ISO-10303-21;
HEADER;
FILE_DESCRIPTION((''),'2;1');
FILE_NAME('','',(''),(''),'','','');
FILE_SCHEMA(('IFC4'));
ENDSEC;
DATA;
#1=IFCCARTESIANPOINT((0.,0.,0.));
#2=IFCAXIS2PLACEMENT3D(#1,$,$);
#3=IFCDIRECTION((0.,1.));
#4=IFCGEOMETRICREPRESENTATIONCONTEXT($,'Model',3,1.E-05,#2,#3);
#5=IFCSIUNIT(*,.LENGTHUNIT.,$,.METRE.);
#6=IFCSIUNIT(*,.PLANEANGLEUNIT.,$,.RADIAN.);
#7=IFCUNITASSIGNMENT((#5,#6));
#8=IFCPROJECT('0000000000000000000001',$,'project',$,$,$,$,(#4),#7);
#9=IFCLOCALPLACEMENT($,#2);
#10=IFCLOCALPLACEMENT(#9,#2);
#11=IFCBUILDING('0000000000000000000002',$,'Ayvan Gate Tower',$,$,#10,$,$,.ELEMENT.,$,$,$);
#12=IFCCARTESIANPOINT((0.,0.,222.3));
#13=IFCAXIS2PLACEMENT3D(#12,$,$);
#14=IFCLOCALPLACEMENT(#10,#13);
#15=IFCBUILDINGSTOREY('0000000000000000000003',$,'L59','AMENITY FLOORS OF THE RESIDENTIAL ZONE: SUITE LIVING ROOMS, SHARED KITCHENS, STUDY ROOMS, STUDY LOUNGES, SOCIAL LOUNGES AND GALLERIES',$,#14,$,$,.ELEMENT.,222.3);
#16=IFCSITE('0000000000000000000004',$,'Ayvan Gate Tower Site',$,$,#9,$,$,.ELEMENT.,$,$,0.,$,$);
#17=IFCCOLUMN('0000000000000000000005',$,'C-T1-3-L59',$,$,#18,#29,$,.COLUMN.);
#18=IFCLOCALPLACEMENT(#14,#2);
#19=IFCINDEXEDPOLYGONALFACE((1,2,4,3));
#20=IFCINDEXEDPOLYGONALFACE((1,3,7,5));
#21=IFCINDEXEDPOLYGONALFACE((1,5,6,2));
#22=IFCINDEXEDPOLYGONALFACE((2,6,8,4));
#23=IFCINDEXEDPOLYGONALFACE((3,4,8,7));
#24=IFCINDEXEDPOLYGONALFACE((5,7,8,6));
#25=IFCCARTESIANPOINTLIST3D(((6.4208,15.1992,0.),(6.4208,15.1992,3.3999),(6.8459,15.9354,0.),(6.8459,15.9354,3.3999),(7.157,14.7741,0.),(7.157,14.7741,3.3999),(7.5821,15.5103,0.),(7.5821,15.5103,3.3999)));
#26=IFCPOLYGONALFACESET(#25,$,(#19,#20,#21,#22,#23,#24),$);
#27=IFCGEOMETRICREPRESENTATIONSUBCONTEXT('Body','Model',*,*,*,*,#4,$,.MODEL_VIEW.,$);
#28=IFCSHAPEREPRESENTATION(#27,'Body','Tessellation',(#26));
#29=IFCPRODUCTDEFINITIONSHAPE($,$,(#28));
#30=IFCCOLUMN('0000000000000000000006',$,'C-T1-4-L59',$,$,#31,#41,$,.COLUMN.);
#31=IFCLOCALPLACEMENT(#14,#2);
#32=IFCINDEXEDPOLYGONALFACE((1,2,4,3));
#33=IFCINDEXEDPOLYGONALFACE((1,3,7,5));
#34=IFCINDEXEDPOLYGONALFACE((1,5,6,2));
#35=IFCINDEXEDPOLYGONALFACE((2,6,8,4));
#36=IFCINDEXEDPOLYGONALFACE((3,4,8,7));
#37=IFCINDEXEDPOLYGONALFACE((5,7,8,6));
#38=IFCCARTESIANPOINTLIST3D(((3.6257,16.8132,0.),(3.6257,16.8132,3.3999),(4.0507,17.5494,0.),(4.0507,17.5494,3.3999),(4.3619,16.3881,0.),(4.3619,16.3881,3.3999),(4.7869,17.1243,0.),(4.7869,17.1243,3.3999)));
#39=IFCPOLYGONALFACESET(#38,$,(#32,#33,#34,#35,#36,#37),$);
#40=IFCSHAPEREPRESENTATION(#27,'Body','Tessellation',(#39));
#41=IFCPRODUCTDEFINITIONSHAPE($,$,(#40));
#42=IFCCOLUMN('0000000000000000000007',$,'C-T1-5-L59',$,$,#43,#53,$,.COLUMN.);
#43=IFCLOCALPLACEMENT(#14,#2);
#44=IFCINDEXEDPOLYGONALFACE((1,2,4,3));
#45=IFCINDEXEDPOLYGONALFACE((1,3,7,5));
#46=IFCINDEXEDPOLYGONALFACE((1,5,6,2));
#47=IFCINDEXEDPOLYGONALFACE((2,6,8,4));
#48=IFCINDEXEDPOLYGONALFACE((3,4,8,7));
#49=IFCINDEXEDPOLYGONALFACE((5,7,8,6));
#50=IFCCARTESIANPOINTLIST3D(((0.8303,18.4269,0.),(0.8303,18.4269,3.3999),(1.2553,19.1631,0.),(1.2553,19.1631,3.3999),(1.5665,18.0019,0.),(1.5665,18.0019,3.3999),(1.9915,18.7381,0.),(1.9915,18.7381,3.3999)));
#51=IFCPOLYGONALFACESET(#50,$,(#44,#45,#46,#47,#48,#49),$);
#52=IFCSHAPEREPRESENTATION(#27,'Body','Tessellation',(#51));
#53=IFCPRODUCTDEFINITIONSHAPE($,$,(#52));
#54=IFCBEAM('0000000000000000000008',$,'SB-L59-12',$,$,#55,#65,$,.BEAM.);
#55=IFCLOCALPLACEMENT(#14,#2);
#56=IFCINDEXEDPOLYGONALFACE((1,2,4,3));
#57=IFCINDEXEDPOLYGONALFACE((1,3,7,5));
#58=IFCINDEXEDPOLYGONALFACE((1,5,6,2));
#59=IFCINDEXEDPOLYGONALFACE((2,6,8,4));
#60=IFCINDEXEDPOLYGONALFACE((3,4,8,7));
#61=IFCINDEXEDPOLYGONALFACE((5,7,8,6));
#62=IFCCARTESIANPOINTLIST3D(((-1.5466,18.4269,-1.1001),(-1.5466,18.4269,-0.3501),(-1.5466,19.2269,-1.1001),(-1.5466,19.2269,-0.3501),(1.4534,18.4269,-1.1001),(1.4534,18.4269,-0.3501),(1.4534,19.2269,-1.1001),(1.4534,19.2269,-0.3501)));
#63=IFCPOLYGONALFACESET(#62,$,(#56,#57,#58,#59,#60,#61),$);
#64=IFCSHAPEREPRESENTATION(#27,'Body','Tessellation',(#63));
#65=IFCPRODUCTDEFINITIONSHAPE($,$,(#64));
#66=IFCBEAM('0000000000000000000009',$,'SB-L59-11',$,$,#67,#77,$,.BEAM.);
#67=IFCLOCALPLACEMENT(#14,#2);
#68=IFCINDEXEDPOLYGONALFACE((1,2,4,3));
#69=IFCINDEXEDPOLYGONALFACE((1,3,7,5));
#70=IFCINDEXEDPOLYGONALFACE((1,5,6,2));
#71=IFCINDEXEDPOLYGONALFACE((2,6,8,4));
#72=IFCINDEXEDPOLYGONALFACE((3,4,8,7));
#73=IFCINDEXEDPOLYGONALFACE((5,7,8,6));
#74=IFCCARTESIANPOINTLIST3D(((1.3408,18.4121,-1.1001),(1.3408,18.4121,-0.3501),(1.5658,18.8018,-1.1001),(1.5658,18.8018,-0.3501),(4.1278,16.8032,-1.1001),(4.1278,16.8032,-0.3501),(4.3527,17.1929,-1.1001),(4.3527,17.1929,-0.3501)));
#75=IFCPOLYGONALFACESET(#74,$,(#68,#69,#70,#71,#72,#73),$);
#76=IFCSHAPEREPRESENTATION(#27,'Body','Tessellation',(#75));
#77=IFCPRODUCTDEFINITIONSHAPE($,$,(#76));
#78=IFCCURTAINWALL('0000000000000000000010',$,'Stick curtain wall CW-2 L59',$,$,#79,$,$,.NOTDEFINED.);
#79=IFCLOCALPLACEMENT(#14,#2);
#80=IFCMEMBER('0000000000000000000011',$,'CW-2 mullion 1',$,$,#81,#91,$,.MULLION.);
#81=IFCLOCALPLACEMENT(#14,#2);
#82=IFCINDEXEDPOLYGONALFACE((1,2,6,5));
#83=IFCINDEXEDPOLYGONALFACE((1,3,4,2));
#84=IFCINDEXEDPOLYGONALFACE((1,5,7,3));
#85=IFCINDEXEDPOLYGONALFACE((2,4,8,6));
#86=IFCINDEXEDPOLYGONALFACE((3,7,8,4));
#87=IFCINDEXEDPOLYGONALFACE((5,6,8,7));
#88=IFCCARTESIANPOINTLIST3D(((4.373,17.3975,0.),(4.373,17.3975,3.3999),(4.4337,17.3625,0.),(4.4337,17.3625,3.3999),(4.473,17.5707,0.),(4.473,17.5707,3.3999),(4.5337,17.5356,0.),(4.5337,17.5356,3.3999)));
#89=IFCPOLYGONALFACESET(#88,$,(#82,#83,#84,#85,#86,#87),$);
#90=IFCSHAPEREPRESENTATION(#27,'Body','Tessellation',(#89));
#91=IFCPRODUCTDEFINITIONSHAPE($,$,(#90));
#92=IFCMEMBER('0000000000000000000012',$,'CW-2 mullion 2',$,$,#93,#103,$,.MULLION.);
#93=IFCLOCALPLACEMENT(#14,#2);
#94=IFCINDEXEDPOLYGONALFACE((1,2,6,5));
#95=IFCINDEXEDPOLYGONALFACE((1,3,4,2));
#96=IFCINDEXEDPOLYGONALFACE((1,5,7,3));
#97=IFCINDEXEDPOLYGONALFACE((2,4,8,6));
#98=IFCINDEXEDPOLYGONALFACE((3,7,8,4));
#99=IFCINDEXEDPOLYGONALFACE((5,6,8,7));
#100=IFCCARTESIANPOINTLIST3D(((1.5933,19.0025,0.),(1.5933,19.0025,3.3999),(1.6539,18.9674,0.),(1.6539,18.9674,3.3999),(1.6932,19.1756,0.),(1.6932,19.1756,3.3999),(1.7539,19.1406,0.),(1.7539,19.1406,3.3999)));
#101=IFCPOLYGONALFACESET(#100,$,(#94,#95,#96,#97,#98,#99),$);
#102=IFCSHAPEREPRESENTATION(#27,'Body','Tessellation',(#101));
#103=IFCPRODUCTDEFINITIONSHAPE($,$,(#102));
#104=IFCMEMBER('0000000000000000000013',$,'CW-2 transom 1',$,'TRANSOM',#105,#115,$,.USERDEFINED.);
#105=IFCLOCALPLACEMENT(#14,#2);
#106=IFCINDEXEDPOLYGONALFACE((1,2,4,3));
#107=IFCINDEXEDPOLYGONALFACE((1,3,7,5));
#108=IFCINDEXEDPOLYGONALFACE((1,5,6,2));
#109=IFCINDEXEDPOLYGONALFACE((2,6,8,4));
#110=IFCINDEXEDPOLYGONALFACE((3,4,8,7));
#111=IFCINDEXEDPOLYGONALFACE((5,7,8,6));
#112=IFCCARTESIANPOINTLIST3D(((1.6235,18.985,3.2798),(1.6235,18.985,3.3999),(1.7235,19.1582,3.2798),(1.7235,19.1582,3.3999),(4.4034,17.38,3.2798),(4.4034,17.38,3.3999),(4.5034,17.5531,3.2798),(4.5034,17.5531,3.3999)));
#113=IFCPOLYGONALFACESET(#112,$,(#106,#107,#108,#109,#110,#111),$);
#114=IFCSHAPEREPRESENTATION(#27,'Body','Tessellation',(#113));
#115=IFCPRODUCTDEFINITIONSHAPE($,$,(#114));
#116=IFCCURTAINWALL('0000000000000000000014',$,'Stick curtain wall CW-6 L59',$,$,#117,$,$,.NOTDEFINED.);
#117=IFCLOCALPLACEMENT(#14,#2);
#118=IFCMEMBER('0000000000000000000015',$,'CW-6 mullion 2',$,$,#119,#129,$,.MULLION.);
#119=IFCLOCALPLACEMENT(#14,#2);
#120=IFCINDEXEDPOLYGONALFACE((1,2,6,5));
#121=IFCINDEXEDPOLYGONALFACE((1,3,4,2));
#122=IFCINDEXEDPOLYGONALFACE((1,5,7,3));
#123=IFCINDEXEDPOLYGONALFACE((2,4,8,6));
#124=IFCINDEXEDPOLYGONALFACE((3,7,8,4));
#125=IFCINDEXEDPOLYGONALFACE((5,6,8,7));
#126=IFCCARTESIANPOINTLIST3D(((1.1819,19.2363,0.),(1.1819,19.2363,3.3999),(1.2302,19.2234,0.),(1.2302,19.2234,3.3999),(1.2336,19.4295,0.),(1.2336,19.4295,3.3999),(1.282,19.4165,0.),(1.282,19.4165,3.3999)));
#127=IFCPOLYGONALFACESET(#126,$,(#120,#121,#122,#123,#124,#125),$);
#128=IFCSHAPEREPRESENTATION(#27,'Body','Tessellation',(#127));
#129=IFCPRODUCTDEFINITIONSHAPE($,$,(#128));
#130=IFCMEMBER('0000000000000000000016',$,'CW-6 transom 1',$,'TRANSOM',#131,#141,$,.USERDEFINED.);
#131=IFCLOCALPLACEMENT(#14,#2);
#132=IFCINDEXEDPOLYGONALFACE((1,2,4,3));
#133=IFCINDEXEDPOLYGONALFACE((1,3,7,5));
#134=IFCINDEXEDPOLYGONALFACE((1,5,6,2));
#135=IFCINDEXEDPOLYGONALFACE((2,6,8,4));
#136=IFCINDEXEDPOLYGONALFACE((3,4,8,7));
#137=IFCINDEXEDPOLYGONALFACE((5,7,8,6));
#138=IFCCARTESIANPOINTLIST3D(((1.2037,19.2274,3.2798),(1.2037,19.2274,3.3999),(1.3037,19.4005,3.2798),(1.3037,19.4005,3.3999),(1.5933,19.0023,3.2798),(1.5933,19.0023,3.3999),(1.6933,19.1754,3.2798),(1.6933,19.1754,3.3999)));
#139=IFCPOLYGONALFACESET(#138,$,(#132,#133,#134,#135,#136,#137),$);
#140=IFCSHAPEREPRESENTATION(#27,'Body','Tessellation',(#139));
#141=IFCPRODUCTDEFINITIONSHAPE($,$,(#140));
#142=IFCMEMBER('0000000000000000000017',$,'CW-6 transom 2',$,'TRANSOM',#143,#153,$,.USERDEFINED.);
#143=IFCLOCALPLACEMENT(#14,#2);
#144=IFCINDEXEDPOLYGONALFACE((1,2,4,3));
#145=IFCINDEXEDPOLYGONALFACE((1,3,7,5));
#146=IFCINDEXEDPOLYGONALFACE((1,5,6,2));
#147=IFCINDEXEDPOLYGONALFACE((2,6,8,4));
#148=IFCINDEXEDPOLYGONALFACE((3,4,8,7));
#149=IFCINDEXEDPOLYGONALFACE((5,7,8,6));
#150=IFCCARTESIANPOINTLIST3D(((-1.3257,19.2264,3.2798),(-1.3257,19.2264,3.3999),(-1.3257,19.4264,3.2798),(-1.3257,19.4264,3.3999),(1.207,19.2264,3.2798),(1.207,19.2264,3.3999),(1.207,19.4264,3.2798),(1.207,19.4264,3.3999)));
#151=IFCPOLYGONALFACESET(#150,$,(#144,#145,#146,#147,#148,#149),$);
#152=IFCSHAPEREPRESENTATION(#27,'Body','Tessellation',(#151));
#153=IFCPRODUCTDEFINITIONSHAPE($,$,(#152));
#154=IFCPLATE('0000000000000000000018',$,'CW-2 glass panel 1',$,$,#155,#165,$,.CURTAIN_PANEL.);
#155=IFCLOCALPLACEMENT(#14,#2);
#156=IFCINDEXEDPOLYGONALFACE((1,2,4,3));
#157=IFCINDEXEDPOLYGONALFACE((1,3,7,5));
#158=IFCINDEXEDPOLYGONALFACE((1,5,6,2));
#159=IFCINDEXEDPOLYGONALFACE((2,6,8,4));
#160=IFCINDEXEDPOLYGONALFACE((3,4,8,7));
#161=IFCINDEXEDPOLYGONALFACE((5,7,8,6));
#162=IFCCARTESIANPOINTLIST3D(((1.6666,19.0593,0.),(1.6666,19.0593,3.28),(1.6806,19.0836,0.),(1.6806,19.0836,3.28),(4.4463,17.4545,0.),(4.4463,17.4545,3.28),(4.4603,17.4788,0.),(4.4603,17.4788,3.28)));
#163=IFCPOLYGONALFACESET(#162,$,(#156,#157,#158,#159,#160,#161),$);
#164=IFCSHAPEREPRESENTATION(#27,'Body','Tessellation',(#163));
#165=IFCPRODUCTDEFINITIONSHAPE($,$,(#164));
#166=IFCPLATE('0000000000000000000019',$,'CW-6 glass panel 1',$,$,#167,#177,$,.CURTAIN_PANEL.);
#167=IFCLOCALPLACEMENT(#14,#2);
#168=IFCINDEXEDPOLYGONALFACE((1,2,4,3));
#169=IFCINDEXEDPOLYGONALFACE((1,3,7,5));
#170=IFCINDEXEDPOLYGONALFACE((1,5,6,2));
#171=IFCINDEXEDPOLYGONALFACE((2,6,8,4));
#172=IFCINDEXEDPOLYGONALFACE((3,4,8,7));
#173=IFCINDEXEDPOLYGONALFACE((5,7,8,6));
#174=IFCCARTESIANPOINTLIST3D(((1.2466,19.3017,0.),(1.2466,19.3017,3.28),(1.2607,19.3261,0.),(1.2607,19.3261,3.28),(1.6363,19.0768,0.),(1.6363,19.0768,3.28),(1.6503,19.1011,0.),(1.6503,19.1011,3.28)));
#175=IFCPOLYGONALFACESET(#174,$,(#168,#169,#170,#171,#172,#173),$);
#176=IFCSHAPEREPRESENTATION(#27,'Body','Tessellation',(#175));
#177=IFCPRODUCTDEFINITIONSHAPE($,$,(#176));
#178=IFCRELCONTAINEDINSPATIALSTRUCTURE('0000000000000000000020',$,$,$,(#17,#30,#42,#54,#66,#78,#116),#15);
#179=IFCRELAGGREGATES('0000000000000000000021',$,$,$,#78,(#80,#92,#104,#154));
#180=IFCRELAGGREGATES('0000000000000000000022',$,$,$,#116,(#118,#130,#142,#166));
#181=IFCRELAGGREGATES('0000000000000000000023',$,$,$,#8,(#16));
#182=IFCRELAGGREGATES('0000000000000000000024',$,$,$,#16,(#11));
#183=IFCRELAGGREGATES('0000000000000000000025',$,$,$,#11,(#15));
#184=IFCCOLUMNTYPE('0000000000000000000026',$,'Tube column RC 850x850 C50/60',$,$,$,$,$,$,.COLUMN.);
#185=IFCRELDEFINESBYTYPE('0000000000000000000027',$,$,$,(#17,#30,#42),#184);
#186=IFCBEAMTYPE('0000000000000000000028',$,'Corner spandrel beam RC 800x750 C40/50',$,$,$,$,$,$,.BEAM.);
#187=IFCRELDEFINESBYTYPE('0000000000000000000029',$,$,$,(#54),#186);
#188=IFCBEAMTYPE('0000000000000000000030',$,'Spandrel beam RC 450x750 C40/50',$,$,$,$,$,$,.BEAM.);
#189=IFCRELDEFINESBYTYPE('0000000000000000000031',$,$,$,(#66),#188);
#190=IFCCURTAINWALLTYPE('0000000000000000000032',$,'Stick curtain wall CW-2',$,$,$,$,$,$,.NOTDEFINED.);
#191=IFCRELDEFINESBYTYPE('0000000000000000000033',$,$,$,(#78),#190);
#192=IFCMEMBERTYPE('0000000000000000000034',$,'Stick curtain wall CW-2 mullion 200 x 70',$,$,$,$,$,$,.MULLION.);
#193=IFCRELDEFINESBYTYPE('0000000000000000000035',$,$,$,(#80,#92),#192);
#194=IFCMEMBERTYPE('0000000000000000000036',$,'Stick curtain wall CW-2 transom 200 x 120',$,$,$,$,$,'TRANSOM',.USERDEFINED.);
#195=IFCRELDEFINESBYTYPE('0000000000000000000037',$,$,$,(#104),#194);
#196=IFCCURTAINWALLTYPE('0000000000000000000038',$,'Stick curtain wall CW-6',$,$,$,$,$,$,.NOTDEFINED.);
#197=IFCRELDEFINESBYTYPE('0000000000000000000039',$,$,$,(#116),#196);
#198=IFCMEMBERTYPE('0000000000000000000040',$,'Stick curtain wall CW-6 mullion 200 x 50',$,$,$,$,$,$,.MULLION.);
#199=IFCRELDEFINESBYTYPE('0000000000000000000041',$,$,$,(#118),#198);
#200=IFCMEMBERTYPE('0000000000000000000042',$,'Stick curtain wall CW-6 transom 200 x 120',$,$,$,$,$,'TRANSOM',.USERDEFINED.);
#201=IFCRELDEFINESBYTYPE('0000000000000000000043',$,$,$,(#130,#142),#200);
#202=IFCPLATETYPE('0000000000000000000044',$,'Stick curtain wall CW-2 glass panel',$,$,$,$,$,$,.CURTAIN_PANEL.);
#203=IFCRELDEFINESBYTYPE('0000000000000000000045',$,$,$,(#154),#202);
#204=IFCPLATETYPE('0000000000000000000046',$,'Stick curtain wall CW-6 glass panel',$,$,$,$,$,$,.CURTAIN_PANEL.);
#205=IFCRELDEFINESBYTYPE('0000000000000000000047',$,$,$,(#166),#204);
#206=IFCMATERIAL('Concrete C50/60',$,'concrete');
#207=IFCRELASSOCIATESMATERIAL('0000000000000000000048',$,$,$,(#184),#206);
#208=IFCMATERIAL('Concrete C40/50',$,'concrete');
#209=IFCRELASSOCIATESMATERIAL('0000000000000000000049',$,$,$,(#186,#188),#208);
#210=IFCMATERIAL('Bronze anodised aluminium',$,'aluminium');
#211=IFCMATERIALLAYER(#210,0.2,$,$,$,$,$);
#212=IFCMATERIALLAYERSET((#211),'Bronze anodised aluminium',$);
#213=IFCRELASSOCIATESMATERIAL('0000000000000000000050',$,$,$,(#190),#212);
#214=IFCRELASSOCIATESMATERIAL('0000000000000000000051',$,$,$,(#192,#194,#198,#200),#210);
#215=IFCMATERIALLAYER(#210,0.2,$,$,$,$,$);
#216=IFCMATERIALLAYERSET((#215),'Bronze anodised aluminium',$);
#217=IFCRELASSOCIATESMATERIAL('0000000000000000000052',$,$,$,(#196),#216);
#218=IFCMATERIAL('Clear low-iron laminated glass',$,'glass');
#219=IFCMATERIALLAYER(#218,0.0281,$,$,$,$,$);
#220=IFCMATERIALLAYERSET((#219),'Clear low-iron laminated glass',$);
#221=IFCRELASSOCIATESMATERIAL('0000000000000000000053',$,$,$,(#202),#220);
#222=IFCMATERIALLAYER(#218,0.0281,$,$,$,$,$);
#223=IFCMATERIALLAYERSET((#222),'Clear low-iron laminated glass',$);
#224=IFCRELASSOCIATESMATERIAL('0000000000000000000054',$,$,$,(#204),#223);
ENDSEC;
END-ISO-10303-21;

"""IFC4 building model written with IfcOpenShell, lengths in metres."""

from ifc_helpers import new_model, si_unit, direction, frame, origin, origin_2d, place, context, subcontext, project, spatial, rectangle, extrude, material, layer, layer_set, material_profile, profile_set, type_object, element, aggregate, save


model = new_model("IFC4")

# Units and contexts
model_context = context("Model", 3, precision=1e-05, world=origin(), true_north=direction((0.0, 1.0)))
body_context = subcontext(model_context, "Body", "Model", "MODEL_VIEW")
ifc_project = project(units=[si_unit("LENGTHUNIT", "METRE"), si_unit("PLANEANGLEUNIT", "RADIAN")], contexts=[model_context])

# Site, building, storey
site_placement = place(None, origin())
site = spatial("IfcSite", under=ifc_project, at=site_placement, Name="Ayvan Gate Tower Site", CompositionType="ELEMENT", RefElevation=0.0)
building_placement = place(site_placement, origin())
building = spatial("IfcBuilding", under=site, at=building_placement, Name="Ayvan Gate Tower", CompositionType="ELEMENT")
storey_placement = place(building_placement, frame((0.0, 0.0, 222.3)))
storey = spatial("IfcBuildingStorey", under=building, at=storey_placement, Name="L59", Description="AMENITY FLOORS OF THE RESIDENTIAL ZONE: SUITE LIVING ROOMS, SHARED KITCHENS, STUDY ROOMS, STUDY LOUNGES, SOCIAL LOUNGES AND GALLERIES", CompositionType="ELEMENT", Elevation=222.3)

# Columns
ifc_material_1 = material(Name="Concrete C50/60", Category="concrete")
ifc_material_profile_1 = material_profile(ifc_material_1, rectangle(XDim=0.8501, YDim=0.8501, at=origin_2d()), Name="RC 850x850")
ifc_profile_set_1 = profile_set([ifc_material_profile_1], Name="Concrete C50/60")
column_type = type_object("IfcColumnType", Name="Tube column RC 850x850 C50/60", PredefinedType="COLUMN", material=ifc_profile_set_1)
for number, where, z_axis, x_axis, name in (
    (1, (7.0015, 15.3547, 0.0), (0.0, 0.0, 1.0), (0.5, 0.866025, 0.0), "C-T1-3-L59"),
    (2, (4.2063, 16.9688, 0.0), (0.0, 0.0, 1.0), (0.5, 0.866025, 0.0), "C-T1-4-L59"),
    (3, (1.4109, 18.5825, 0.0), (0.0, 0.0, 1.0), (0.5, 0.866025, 0.0), "C-T1-5-L59"),
):
    element("IfcColumn", number, at=place(storey_placement, frame(where, z_axis=z_axis, x_axis=x_axis)), inside=storey, type_object=column_type, Name=name, PredefinedType="COLUMN", context=body_context, shape_type="SweptSolid", body=[
        extrude(rectangle(XDim=0.8501, YDim=0.8501, at=origin_2d()), origin(), (0.0, 0.0, 1.0), 3.3999),
    ])

# Beams
ifc_material_2 = material(Name="Concrete C40/50", Category="concrete")
ifc_material_profile_2 = material_profile(ifc_material_2, rectangle(XDim=0.8, YDim=0.75, at=origin_2d()), Name="RC 800x750")
ifc_profile_set_2 = profile_set([ifc_material_profile_2], Name="Concrete C40/50")
beam_type_1 = type_object("IfcBeamType", Name="Corner spandrel beam RC 800x750 C40/50", PredefinedType="BEAM", material=ifc_profile_set_2)
beam_1_placement = place(storey_placement, frame((1.4534, 18.8269, -0.7251), z_axis=(-1.0, 0.0, 0.0), x_axis=(0.0, -1.0, 0.0)))
element("IfcBeam", 4, at=beam_1_placement, inside=storey, type_object=beam_type_1, Name="SB-L59-12", PredefinedType="BEAM", context=body_context, shape_type="SweptSolid", body=[
    extrude(rectangle(XDim=0.8, YDim=0.75, at=origin_2d()), origin(), (0.0, 0.0, 1.0), 3.0),
])
ifc_material_profile_3 = material_profile(ifc_material_2, rectangle(XDim=0.45, YDim=0.75, at=origin_2d()), Name="RC 450x750")
ifc_profile_set_3 = profile_set([ifc_material_profile_3], Name="Concrete C40/50")
beam_type_2 = type_object("IfcBeamType", Name="Spandrel beam RC 450x750 C40/50", PredefinedType="BEAM", material=ifc_profile_set_3)
beam_2_placement = place(storey_placement, frame((4.2402, 16.998, -0.7251), z_axis=(-0.86604, 0.499974, 0.0), x_axis=(-0.499974, -0.86604, 0.0)))
element("IfcBeam", 5, at=beam_2_placement, inside=storey, type_object=beam_type_2, Name="SB-L59-11", PredefinedType="BEAM", context=body_context, shape_type="SweptSolid", body=[
    extrude(rectangle(XDim=0.45, YDim=0.75, at=origin_2d()), origin(), (0.0, 0.0, 1.0), 3.218),
])

# Curtain walls, members
ifc_material_3 = material(Name="Bronze anodised aluminium", Category="aluminium")
ifc_layer_1 = layer(ifc_material_3, 0.2)
ifc_layer_set_1 = layer_set([ifc_layer_1], Name="Bronze anodised aluminium")
curtain_wall_type_1 = type_object("IfcCurtainWallType", Name="Stick curtain wall CW-2", PredefinedType="NOTDEFINED", material=ifc_layer_set_1)
curtain_wall_1_placement = place(storey_placement, origin())
curtain_wall_1 = element("IfcCurtainWall", 6, at=curtain_wall_1_placement, inside=storey, type_object=curtain_wall_type_1, Name="Stick curtain wall CW-2 L59", PredefinedType="NOTDEFINED")
ifc_material_profile_4 = material_profile(ifc_material_3, rectangle(XDim=0.2, YDim=0.0701, at=origin_2d()), Name="Stick curtain wall CW-2 mullion 200 x 70")
ifc_profile_set_4 = profile_set([ifc_material_profile_4], Name="Bronze anodised aluminium")
member_type_1 = type_object("IfcMemberType", Name="Stick curtain wall CW-2 mullion 200 x 70", PredefinedType="MULLION", material=ifc_profile_set_4)
member_1_placement = place(storey_placement, frame((4.4534, 17.4666, 0.0), z_axis=(0.0, 0.0, 1.0), x_axis=(0.5, 0.866025, 0.0)))
member_1 = element("IfcMember", 7, at=member_1_placement, type_object=member_type_1, Name="CW-2 mullion 1", PredefinedType="MULLION", context=body_context, shape_type="SweptSolid", body=[
    extrude(rectangle(XDim=0.2, YDim=0.0701, at=origin_2d()), origin(), (0.0, 0.0, 1.0), 3.3999),
])
member_2_placement = place(storey_placement, frame((1.6736, 19.0715, 0.0), z_axis=(0.0, 0.0, 1.0), x_axis=(0.5, 0.866025, 0.0)))
member_2 = element("IfcMember", 8, at=member_2_placement, type_object=member_type_1, Name="CW-2 mullion 2", PredefinedType="MULLION", context=body_context, shape_type="SweptSolid", body=[
    extrude(rectangle(XDim=0.2, YDim=0.0701, at=origin_2d()), origin(), (0.0, 0.0, 1.0), 3.3999),
])
ifc_material_profile_5 = material_profile(ifc_material_3, rectangle(XDim=0.2, YDim=0.1201, at=origin_2d()), Name="Stick curtain wall CW-2 transom 200 x 120")
ifc_profile_set_5 = profile_set([ifc_material_profile_5], Name="Bronze anodised aluminium")
member_type_2 = type_object("IfcMemberType", Name="Stick curtain wall CW-2 transom 200 x 120", ElementType="TRANSOM", PredefinedType="USERDEFINED", material=ifc_profile_set_5)
member_3_placement = place(storey_placement, frame((4.4534, 17.4666, 3.3398), z_axis=(-0.866016, 0.500017, 0.0), x_axis=(-0.500017, -0.866016, 0.0)))
member_3 = element("IfcMember", 9, at=member_3_placement, type_object=member_type_2, Name="CW-2 transom 1", ObjectType="TRANSOM", PredefinedType="USERDEFINED", context=body_context, shape_type="SweptSolid", body=[
    extrude(rectangle(XDim=0.2, YDim=0.1201, at=origin_2d()), origin(), (0.0, 0.0, 1.0), 3.21),
])
ifc_layer_2 = layer(ifc_material_3, 0.2)
ifc_layer_set_2 = layer_set([ifc_layer_2], Name="Bronze anodised aluminium")
curtain_wall_type_2 = type_object("IfcCurtainWallType", Name="Stick curtain wall CW-6", PredefinedType="NOTDEFINED", material=ifc_layer_set_2)
curtain_wall_2_placement = place(storey_placement, origin())
curtain_wall_2 = element("IfcCurtainWall", 10, at=curtain_wall_2_placement, inside=storey, type_object=curtain_wall_type_2, Name="Stick curtain wall CW-6 L59", PredefinedType="NOTDEFINED")
ifc_material_profile_6 = material_profile(ifc_material_3, rectangle(XDim=0.2, YDim=0.05, at=origin_2d()), Name="Stick curtain wall CW-6 mullion 200 x 50")
ifc_profile_set_6 = profile_set([ifc_material_profile_6], Name="Bronze anodised aluminium")
member_type_3 = type_object("IfcMemberType", Name="Stick curtain wall CW-6 mullion 200 x 50", PredefinedType="MULLION", material=ifc_profile_set_6)
member_4_placement = place(storey_placement, frame((1.2319, 19.3264, 0.0), z_axis=(0.0, 0.0, 1.0), x_axis=(0.258819, 0.965926, 0.0)))
member_4 = element("IfcMember", 11, at=member_4_placement, type_object=member_type_3, Name="CW-6 mullion 2", PredefinedType="MULLION", context=body_context, shape_type="SweptSolid", body=[
    extrude(rectangle(XDim=0.2, YDim=0.05, at=origin_2d()), origin(), (0.0, 0.0, 1.0), 3.3999),
])
ifc_material_profile_7 = material_profile(ifc_material_3, rectangle(XDim=0.2, YDim=0.1201, at=origin_2d()), Name="Stick curtain wall CW-6 transom 200 x 120")
ifc_profile_set_7 = profile_set([ifc_material_profile_7], Name="Bronze anodised aluminium")
member_type_4 = type_object("IfcMemberType", Name="Stick curtain wall CW-6 transom 200 x 120", ElementType="TRANSOM", PredefinedType="USERDEFINED", material=ifc_profile_set_7)
member_5_placement = place(storey_placement, frame((1.6433, 19.0889, 3.3398), z_axis=(-0.865896, 0.500223, 0.0), x_axis=(-0.500223, -0.865896, 0.0)))
member_5 = element("IfcMember", 12, at=member_5_placement, type_object=member_type_4, Name="CW-6 transom 1", ObjectType="TRANSOM", PredefinedType="USERDEFINED", context=body_context, shape_type="SweptSolid", body=[
    extrude(rectangle(XDim=0.2, YDim=0.1201, at=origin_2d()), origin(), (0.0, 0.0, 1.0), 0.45),
])
member_6_placement = place(storey_placement, frame((1.207, 19.3264, 3.3398), z_axis=(-1.0, 0.0, 0.0), x_axis=(0.0, -1.0, 0.0)))
member_6 = element("IfcMember", 13, at=member_6_placement, type_object=member_type_4, Name="CW-6 transom 2", ObjectType="TRANSOM", PredefinedType="USERDEFINED", context=body_context, shape_type="SweptSolid", body=[
    extrude(rectangle(XDim=0.2, YDim=0.1201, at=origin_2d()), origin(), (0.0, 0.0, 1.0), 2.5327),
])

# Plates
ifc_material_4 = material(Name="Clear low-iron laminated glass", Category="glass")
ifc_layer_3 = layer(ifc_material_4, 0.0281)
ifc_layer_set_3 = layer_set([ifc_layer_3], Name="Clear low-iron laminated glass")
plate_type_1 = type_object("IfcPlateType", Name="Stick curtain wall CW-2 glass panel", PredefinedType="CURTAIN_PANEL", material=ifc_layer_set_3)
plate_1_placement = place(storey_placement, frame((3.0635, 18.269, 0.0), z_axis=(0.0, 0.0, 1.0), x_axis=(-0.866025, 0.5, 0.0)))
plate_1 = element("IfcPlate", 14, at=plate_1_placement, type_object=plate_type_1, Name="CW-2 glass panel 1", PredefinedType="CURTAIN_PANEL", context=body_context, shape_type="SweptSolid", body=[
    extrude(rectangle(XDim=3.2097, YDim=0.0281, at=origin_2d()), origin(), (0.0, 0.0, 1.0), 3.28),
])
aggregate(curtain_wall_1, [member_1, member_2, member_3, plate_1])
ifc_layer_4 = layer(ifc_material_4, 0.0281)
ifc_layer_set_4 = layer_set([ifc_layer_4], Name="Clear low-iron laminated glass")
plate_type_2 = type_object("IfcPlateType", Name="Stick curtain wall CW-6 glass panel", PredefinedType="CURTAIN_PANEL", material=ifc_layer_set_4)
plate_2_placement = place(storey_placement, frame((1.4485, 19.2014, 0.0), z_axis=(0.0, 0.0, 1.0), x_axis=(-0.866025, 0.5, 0.0)))
plate_2 = element("IfcPlate", 15, at=plate_2_placement, type_object=plate_type_2, Name="CW-6 glass panel 1", PredefinedType="CURTAIN_PANEL", context=body_context, shape_type="SweptSolid", body=[
    extrude(rectangle(XDim=0.45, YDim=0.0281, at=origin_2d()), origin(), (0.0, 0.0, 1.0), 3.28),
])
aggregate(curtain_wall_2, [member_4, member_5, member_6, plate_2])

save(model, "model.ifc")
